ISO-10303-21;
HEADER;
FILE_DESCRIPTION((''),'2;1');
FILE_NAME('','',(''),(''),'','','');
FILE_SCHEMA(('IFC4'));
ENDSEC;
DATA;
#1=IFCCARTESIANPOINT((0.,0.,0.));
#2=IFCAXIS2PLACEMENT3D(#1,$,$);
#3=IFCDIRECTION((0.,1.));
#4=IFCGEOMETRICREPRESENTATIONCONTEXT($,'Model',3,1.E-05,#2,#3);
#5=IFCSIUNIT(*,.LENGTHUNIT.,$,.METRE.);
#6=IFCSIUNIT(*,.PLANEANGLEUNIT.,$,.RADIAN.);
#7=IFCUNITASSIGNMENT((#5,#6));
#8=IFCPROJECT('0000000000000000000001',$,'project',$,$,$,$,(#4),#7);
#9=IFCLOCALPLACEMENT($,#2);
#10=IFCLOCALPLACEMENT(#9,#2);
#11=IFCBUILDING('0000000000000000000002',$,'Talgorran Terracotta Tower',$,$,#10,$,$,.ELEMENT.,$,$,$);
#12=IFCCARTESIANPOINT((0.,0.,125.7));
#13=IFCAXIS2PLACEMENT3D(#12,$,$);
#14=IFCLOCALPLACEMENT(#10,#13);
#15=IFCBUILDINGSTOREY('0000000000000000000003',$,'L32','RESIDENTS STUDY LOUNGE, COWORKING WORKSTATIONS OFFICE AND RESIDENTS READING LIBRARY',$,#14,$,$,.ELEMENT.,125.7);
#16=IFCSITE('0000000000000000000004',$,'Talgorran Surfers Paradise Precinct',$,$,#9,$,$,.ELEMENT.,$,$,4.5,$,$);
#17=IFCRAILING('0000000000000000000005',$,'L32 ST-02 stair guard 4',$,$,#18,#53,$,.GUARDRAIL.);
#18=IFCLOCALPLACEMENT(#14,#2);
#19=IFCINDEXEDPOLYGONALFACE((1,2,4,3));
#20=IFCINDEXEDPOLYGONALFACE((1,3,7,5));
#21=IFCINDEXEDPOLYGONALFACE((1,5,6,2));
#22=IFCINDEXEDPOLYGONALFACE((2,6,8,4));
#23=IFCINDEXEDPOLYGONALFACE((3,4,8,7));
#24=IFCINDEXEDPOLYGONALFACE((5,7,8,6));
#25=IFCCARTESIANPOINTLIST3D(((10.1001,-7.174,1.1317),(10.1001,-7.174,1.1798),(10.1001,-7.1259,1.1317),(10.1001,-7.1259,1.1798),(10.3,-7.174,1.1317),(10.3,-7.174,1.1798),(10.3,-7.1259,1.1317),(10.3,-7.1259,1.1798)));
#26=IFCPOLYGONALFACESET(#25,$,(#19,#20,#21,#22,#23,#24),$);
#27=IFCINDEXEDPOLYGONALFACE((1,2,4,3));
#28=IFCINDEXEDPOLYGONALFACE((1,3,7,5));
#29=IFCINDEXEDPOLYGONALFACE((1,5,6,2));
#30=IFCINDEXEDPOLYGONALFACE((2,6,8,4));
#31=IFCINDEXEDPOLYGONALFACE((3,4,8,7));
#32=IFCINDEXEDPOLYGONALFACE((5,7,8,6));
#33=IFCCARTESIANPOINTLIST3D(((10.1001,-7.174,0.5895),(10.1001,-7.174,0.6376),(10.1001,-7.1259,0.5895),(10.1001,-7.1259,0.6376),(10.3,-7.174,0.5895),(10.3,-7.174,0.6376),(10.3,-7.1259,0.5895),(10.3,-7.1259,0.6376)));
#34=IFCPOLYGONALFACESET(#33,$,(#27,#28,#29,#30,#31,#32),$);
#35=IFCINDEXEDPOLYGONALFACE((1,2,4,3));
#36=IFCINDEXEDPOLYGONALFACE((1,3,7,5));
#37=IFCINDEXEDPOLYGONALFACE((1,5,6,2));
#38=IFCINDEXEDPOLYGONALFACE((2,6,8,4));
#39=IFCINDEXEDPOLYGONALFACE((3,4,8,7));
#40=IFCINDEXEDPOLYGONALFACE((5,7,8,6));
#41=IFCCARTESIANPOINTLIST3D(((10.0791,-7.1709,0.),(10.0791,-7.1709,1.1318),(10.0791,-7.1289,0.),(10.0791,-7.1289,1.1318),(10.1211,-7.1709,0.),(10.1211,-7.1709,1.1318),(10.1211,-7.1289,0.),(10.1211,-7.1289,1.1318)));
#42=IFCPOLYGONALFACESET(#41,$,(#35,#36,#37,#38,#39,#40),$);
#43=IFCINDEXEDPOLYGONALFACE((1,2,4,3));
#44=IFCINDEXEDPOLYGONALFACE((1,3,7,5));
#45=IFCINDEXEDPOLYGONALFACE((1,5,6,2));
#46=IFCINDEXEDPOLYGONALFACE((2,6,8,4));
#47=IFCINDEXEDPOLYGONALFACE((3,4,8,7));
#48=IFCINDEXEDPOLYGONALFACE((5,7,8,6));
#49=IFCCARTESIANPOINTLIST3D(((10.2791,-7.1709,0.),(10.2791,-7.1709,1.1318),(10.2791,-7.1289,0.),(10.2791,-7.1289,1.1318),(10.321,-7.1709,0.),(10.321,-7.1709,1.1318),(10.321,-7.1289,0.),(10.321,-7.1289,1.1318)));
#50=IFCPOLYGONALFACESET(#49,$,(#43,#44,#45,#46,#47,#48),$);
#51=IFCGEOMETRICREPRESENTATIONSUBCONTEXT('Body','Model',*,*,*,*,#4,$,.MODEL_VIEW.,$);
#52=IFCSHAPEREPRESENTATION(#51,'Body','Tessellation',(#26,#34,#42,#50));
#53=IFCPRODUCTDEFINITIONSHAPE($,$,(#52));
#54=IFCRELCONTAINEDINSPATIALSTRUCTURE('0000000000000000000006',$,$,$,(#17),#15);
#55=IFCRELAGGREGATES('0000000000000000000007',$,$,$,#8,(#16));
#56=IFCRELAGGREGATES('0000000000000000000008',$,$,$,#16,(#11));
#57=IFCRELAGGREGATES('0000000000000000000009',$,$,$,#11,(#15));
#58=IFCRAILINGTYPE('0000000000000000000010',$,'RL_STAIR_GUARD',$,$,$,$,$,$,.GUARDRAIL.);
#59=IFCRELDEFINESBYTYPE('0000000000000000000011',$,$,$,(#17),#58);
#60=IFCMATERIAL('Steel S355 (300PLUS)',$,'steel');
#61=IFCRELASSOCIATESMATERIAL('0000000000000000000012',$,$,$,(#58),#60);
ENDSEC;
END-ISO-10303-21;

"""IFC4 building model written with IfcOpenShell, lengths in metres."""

from ifc_helpers import new_model, si_unit, direction, frame, origin, origin_2d, place, context, subcontext, project, spatial, rectangle, extrude, material, type_object, element, save


model = new_model("IFC4")

# Units and contexts
model_context = context("Model", 3, precision=1e-05, world=origin(), true_north=direction((0.0, 1.0)))
body_context = subcontext(model_context, "Body", "Model", "MODEL_VIEW")
ifc_project = project(units=[si_unit("LENGTHUNIT", "METRE"), si_unit("PLANEANGLEUNIT", "RADIAN")], contexts=[model_context])

# Site, building, storey
site_placement = place(None, origin())
site = spatial("IfcSite", under=ifc_project, at=site_placement, Name="Talgorran Surfers Paradise Precinct", CompositionType="ELEMENT", RefElevation=4.5)
building_placement = place(site_placement, origin())
building = spatial("IfcBuilding", under=site, at=building_placement, Name="Talgorran Terracotta Tower", CompositionType="ELEMENT")
storey_placement = place(building_placement, frame((0.0, 0.0, 125.7)))
storey = spatial("IfcBuildingStorey", under=building, at=storey_placement, Name="L32", Description="RESIDENTS STUDY LOUNGE, COWORKING WORKSTATIONS OFFICE AND RESIDENTS READING LIBRARY", CompositionType="ELEMENT", Elevation=125.7)

# Shared definitions
ifc_material_1 = material(Name="Steel S355 (300PLUS)", Category="steel")

# Railing
railing_type_1 = type_object("IfcRailingType", Name="RL_STAIR_GUARD", PredefinedType="GUARDRAIL", material=ifc_material_1)
railing_1_placement = place(storey_placement, frame((10.1001, -7.1499, 0.0)))
element("IfcRailing", 1, at=railing_1_placement, inside=storey, type_object=railing_type_1, Name="L32 ST-02 stair guard 4", PredefinedType="GUARDRAIL", context=body_context, shape_type="SweptSolid", body=[
    extrude(rectangle(XDim=0.0481, YDim=0.0481, at=origin_2d()), frame((0.0, 0.0, 1.1558), z_axis=(1.0, 0.0, 0.0), x_axis=(0.0, 1.0, 0.0)), (0.0, 0.0, 1.0), 0.2),
    extrude(rectangle(XDim=0.0481, YDim=0.0481, at=origin_2d()), frame((0.0, 0.0, 0.6135), z_axis=(1.0, 0.0, 0.0), x_axis=(0.0, 1.0, 0.0)), (0.0, 0.0, 1.0), 0.2),
    extrude(rectangle(XDim=0.042, YDim=0.042, at=origin_2d()), origin(), (0.0, 0.0, 1.0), 1.1318),
    extrude(rectangle(XDim=0.042, YDim=0.042, at=origin_2d()), frame((0.2, 0.0, 0.0)), (0.0, 0.0, 1.0), 1.1318),
])

save(model, "model.ifc")
